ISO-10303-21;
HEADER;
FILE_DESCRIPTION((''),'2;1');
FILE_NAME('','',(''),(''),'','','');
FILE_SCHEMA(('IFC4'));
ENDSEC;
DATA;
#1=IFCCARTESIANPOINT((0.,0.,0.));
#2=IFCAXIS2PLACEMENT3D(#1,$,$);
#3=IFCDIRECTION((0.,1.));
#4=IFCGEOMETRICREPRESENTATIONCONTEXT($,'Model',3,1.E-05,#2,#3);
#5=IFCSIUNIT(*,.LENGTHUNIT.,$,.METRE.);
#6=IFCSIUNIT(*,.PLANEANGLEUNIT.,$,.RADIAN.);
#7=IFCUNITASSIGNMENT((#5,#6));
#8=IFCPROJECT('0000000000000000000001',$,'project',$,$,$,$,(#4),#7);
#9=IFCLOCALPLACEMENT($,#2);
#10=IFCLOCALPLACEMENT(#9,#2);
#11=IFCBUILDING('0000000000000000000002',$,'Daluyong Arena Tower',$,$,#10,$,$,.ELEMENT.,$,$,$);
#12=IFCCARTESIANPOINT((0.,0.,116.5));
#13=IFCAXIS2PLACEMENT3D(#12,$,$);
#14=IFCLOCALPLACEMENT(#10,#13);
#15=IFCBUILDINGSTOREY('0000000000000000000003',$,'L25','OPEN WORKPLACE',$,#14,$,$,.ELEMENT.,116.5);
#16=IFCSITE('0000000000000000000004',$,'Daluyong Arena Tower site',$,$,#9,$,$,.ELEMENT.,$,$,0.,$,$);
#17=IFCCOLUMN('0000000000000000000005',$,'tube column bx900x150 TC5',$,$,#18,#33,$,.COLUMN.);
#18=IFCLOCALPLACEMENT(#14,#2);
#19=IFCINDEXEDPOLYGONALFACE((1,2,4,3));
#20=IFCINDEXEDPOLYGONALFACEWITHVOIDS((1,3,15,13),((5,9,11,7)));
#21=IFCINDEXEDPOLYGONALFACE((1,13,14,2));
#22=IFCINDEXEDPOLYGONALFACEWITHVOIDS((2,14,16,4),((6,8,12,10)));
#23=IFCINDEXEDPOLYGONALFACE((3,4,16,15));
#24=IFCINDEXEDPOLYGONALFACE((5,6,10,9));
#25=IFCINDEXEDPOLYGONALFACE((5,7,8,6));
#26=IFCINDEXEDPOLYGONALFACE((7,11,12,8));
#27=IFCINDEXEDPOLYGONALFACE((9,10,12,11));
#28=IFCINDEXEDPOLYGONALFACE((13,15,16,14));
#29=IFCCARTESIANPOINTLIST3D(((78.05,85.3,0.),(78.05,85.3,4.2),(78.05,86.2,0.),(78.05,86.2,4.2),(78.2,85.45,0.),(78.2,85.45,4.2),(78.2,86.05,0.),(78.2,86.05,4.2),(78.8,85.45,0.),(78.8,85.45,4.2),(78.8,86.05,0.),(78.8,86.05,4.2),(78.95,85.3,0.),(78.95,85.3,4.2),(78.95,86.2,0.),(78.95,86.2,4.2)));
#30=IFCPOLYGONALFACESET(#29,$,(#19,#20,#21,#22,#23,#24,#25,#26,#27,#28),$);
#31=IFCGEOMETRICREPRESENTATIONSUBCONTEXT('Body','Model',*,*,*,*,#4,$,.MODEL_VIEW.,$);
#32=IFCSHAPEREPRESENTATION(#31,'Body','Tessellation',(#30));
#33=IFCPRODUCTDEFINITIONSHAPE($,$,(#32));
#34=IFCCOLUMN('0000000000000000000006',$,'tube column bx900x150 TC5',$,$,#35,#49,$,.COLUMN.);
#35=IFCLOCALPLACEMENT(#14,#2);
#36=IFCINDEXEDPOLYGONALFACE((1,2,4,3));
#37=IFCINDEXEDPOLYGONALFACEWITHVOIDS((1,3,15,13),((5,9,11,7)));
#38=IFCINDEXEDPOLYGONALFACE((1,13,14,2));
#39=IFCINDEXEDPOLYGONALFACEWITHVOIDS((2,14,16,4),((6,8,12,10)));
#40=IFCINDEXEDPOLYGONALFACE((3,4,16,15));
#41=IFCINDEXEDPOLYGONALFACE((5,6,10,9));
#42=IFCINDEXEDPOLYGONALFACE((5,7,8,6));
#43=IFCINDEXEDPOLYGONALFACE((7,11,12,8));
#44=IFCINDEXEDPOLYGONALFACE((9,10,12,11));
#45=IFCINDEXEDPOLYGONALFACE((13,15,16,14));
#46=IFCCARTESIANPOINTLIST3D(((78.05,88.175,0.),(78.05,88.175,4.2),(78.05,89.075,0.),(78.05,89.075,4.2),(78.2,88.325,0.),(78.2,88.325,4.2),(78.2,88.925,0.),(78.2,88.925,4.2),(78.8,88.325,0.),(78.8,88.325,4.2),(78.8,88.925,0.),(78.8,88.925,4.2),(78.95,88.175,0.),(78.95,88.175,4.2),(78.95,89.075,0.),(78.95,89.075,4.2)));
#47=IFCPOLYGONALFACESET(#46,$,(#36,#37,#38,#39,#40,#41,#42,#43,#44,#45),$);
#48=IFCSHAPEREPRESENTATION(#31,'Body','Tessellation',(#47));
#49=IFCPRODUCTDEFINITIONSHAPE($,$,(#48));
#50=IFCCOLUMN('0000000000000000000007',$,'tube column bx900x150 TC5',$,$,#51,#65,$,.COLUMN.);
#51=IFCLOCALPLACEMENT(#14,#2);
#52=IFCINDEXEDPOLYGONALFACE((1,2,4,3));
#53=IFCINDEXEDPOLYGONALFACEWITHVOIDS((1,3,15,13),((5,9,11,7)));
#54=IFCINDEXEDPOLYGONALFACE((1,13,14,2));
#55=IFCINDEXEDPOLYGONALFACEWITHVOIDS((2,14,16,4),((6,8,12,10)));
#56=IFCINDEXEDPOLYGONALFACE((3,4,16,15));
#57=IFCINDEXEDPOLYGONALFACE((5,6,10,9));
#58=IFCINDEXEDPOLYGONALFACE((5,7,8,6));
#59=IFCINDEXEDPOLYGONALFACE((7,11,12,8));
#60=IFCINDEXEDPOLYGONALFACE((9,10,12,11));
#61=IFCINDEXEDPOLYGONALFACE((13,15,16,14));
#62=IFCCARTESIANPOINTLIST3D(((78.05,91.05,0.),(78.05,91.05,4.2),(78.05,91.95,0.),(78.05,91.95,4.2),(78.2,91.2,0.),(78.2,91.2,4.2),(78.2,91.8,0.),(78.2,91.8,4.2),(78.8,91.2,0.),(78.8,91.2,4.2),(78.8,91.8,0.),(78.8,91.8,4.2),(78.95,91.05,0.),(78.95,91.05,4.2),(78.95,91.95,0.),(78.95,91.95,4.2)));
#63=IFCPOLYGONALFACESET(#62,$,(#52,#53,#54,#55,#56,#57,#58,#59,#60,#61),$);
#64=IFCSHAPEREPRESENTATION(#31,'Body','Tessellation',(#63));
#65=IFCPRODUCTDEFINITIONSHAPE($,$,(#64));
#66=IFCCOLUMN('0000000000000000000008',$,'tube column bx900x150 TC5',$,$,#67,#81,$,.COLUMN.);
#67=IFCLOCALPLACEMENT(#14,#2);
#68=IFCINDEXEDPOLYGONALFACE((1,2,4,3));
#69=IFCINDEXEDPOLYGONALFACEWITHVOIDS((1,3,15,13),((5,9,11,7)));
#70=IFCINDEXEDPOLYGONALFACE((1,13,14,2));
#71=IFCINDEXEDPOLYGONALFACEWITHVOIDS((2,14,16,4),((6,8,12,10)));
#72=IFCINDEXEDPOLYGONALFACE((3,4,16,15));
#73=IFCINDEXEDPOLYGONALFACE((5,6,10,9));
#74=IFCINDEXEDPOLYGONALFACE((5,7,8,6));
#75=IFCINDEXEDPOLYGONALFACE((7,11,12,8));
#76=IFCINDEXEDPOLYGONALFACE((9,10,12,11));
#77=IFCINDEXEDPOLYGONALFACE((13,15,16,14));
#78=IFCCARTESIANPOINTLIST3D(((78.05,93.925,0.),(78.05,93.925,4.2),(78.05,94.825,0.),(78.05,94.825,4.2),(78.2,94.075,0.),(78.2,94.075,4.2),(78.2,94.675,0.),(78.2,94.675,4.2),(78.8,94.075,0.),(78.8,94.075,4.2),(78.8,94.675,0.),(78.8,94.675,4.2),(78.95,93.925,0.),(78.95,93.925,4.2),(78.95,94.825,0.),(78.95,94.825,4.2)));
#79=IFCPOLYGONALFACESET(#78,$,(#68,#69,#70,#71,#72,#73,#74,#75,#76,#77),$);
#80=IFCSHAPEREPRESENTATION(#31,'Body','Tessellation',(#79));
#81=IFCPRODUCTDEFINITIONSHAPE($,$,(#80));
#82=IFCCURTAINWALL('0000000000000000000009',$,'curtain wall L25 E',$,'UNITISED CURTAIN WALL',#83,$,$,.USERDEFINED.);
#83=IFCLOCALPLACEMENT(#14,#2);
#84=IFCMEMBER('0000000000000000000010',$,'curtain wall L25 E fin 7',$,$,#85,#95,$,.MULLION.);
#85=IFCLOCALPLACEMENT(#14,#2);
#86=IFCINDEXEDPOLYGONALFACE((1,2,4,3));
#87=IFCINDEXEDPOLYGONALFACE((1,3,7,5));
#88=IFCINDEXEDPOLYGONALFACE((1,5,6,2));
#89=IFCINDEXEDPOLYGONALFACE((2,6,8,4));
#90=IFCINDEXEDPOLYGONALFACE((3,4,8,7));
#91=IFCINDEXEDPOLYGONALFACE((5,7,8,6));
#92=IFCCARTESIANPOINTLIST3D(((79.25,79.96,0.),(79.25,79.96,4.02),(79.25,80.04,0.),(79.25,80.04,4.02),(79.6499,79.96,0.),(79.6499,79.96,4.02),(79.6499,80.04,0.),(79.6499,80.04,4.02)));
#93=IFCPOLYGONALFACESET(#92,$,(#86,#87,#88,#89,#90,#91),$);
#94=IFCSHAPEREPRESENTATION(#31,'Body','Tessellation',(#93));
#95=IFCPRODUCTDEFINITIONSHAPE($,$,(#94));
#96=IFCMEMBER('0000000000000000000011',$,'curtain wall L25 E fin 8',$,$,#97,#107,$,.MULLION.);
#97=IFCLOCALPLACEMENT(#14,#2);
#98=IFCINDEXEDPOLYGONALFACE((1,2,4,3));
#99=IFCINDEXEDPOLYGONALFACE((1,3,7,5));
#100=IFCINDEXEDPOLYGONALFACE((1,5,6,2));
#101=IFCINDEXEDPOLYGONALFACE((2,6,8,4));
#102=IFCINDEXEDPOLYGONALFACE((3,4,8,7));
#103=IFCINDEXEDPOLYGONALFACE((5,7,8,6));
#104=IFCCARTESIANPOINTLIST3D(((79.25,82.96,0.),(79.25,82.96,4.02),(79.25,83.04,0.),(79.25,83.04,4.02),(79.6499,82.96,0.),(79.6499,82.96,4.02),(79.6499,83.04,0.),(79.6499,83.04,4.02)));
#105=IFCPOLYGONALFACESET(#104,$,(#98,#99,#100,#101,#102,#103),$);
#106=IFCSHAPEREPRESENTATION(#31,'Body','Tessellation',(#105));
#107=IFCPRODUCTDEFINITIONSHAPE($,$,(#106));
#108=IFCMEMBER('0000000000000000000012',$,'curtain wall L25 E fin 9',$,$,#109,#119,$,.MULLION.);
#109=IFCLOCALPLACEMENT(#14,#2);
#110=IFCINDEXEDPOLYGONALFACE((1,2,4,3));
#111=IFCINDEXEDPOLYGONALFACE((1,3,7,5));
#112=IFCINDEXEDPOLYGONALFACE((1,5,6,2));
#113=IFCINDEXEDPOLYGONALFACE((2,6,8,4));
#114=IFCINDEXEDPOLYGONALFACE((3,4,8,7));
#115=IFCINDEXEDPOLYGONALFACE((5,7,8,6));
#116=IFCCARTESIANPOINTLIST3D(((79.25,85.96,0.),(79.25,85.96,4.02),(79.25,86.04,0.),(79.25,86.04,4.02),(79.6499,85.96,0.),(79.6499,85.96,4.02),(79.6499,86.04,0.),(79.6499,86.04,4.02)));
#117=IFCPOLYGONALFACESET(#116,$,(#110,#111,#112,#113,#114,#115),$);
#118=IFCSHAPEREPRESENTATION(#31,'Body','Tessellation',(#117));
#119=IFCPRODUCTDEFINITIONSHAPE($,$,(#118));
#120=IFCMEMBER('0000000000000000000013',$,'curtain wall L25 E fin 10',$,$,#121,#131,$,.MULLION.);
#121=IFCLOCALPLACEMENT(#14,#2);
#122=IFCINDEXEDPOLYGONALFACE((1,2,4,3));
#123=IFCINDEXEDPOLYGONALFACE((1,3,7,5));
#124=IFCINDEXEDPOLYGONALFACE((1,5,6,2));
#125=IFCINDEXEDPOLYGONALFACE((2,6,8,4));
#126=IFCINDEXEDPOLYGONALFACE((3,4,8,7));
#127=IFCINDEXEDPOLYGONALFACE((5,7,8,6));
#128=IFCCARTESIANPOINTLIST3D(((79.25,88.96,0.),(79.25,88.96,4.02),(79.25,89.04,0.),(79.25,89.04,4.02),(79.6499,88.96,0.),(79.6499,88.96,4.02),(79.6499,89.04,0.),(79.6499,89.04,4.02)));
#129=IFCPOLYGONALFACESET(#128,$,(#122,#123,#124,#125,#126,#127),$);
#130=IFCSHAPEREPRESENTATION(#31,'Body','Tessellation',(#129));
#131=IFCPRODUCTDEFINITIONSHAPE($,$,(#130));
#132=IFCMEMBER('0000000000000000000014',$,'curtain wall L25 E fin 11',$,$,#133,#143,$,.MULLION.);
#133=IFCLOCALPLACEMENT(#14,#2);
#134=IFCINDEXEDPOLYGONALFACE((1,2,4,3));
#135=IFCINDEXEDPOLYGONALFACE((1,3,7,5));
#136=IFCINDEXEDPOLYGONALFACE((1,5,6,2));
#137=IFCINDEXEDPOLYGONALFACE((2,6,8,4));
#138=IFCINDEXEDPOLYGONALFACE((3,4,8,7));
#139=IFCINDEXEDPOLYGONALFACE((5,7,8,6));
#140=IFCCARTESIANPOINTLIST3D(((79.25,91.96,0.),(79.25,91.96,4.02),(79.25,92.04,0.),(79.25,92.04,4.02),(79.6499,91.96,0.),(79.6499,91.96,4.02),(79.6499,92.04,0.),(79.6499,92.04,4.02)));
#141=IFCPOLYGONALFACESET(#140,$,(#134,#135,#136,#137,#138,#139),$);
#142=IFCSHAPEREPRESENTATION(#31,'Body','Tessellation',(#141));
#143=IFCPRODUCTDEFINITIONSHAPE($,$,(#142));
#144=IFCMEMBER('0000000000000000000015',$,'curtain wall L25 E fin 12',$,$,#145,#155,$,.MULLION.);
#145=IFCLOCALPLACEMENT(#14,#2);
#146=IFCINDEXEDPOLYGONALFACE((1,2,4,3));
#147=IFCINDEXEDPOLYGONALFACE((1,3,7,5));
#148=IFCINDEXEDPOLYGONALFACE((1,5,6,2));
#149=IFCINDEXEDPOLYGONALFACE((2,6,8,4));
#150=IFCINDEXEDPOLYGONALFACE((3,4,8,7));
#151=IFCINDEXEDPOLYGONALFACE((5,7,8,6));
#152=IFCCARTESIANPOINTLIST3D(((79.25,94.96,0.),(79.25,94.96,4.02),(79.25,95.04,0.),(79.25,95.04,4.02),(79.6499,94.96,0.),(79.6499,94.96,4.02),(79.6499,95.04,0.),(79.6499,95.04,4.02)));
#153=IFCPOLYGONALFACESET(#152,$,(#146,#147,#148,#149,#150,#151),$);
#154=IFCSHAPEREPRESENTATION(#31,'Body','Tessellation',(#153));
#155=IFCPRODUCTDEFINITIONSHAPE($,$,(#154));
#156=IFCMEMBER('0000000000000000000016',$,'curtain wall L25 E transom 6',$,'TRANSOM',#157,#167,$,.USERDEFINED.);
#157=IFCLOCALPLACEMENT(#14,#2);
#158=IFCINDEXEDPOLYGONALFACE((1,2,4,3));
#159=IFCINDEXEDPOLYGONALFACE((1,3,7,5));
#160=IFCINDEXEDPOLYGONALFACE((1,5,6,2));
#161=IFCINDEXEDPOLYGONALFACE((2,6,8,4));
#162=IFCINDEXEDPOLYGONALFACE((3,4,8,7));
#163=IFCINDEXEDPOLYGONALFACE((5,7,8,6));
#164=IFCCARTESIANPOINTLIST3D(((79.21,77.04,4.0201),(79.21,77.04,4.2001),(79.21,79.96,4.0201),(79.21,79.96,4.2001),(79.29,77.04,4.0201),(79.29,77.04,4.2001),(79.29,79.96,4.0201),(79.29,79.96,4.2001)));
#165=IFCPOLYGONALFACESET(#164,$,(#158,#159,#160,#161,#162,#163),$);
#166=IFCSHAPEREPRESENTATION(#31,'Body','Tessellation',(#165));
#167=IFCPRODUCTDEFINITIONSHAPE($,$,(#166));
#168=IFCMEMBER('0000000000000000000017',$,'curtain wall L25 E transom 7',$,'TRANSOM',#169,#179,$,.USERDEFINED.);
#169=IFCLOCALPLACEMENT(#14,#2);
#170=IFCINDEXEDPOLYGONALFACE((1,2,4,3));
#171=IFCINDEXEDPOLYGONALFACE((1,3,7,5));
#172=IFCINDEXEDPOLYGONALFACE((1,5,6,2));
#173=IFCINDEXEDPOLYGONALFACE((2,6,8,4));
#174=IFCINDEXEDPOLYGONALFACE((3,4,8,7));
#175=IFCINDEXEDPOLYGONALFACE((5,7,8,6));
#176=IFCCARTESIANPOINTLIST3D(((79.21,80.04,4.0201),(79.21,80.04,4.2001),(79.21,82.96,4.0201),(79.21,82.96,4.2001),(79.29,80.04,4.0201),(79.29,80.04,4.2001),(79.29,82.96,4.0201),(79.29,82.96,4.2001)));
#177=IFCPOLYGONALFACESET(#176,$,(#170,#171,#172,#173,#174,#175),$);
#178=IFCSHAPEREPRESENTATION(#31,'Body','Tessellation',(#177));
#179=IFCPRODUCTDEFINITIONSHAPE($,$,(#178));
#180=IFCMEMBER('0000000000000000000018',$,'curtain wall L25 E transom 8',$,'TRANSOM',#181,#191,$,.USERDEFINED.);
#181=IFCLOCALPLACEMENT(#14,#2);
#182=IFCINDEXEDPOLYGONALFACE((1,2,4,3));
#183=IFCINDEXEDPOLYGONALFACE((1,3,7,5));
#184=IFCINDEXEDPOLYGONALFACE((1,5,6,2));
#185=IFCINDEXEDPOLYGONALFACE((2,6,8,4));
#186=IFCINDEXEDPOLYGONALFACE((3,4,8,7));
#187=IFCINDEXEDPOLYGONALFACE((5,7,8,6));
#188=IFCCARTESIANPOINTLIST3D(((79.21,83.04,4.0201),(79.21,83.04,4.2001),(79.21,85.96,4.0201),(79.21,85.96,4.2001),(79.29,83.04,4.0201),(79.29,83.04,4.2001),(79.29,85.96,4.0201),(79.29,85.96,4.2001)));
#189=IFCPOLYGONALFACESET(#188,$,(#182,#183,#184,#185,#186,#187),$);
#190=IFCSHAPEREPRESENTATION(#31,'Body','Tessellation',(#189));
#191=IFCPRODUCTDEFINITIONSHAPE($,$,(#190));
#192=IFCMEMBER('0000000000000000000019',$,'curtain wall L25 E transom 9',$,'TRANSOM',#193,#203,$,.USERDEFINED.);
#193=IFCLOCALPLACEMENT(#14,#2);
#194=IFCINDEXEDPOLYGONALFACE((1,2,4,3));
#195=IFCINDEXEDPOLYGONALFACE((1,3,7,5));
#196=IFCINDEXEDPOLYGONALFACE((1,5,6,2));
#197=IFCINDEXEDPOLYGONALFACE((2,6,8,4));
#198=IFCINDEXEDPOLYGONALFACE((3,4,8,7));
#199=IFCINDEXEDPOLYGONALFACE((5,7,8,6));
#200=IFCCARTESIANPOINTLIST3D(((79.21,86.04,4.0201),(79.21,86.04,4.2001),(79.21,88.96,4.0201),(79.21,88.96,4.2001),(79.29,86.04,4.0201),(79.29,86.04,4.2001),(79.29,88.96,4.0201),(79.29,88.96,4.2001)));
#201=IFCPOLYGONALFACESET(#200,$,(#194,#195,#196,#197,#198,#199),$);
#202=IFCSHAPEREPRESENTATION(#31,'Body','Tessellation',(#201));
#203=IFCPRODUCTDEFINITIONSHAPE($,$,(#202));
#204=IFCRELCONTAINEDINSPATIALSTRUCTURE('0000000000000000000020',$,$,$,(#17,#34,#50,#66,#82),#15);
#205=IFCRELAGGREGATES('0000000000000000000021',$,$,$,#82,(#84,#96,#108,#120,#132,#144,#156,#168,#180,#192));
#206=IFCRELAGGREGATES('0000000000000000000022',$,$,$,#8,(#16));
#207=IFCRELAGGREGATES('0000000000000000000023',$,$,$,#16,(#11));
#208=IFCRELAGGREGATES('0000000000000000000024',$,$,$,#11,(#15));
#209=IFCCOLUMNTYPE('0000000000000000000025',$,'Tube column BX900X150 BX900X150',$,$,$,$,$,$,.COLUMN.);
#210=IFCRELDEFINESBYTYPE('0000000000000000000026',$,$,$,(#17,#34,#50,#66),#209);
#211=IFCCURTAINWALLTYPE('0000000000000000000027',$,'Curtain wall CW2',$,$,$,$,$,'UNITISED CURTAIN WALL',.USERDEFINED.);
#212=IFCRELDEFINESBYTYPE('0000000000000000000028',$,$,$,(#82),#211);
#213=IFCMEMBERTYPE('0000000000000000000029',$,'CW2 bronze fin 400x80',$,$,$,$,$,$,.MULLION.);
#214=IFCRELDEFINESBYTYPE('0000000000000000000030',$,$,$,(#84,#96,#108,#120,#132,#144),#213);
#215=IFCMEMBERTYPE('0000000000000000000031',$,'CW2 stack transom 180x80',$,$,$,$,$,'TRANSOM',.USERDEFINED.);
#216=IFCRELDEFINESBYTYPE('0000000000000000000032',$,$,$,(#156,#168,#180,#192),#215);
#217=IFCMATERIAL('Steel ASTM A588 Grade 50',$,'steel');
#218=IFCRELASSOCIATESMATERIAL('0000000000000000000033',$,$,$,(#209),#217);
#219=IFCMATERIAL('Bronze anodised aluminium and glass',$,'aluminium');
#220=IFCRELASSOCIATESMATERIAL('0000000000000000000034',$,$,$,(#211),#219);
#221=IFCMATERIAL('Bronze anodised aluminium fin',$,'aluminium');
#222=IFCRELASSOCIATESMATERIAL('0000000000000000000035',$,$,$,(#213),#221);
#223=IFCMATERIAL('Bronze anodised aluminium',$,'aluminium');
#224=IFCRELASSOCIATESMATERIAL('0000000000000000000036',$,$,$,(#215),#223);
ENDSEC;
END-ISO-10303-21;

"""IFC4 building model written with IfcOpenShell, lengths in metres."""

from ifc_helpers import new_model, si_unit, direction, frame, origin, origin_2d, place, context, subcontext, project, spatial, rectangle, hollow_rectangle, extrude, material, material_profile, profile_set, type_object, element, aggregate, save


model = new_model("IFC4")

# Units and contexts
model_context = context("Model", 3, precision=1e-05, world=origin(), true_north=direction((0.0, 1.0)))
body_context = subcontext(model_context, "Body", "Model", "MODEL_VIEW")
ifc_project = project(units=[si_unit("LENGTHUNIT", "METRE"), si_unit("PLANEANGLEUNIT", "RADIAN")], contexts=[model_context])

# Site, building, storey
site_placement = place(None, origin())
site = spatial("IfcSite", under=ifc_project, at=site_placement, Name="Daluyong Arena Tower site", CompositionType="ELEMENT", RefElevation=0.0)
building_placement = place(site_placement, origin())
building = spatial("IfcBuilding", under=site, at=building_placement, Name="Daluyong Arena Tower", CompositionType="ELEMENT")
storey_placement = place(building_placement, frame((0.0, 0.0, 116.5)))
storey = spatial("IfcBuildingStorey", under=building, at=storey_placement, Name="L25", Description="OPEN WORKPLACE", CompositionType="ELEMENT", Elevation=116.5)

# Columns
ifc_material_1 = material(Name="Steel ASTM A588 Grade 50", Category="steel")
ifc_material_profile_1 = material_profile(ifc_material_1, hollow_rectangle(XDim=0.8999, YDim=0.8999, WallThickness=0.15, at=origin_2d()))
ifc_profile_set_1 = profile_set([ifc_material_profile_1], Name="Steel ASTM A588 Grade 50")
column_type = type_object("IfcColumnType", Name="Tube column BX900X150 BX900X150", PredefinedType="COLUMN", material=ifc_profile_set_1)
for number, where, z_axis, x_axis, name in (
    (1, (78.5, 85.75, 0.0), (0.0, 0.0, 1.0), (0.0, 1.0, 0.0), "tube column bx900x150 TC5"),
    (2, (78.5, 88.625, 0.0), (0.0, 0.0, 1.0), (0.0, 1.0, 0.0), "tube column bx900x150 TC5"),
    (3, (78.5, 91.5, 0.0), (0.0, 0.0, 1.0), (0.0, 1.0, 0.0), "tube column bx900x150 TC5"),
    (4, (78.5, 94.375, 0.0), (0.0, 0.0, 1.0), (0.0, 1.0, 0.0), "tube column bx900x150 TC5"),
):
    element("IfcColumn", number, at=place(storey_placement, frame(where, z_axis=z_axis, x_axis=x_axis)), inside=storey, type_object=column_type, Name=name, PredefinedType="COLUMN", context=body_context, shape_type="SweptSolid", body=[
        extrude(hollow_rectangle(XDim=0.8999, YDim=0.8999, WallThickness=0.15, at=origin_2d()), origin(), (0.0, 0.0, 1.0), 4.2),
    ])

# Curtain wall, members
ifc_material_2 = material(Name="Bronze anodised aluminium and glass", Category="aluminium")
curtain_wall_type = type_object("IfcCurtainWallType", Name="Curtain wall CW2", ElementType="UNITISED CURTAIN WALL", PredefinedType="USERDEFINED", material=ifc_material_2)
curtain_wall_placement = place(storey_placement, origin())
curtain_wall = element("IfcCurtainWall", 5, at=curtain_wall_placement, inside=storey, type_object=curtain_wall_type, Name="curtain wall L25 E", ObjectType="UNITISED CURTAIN WALL", PredefinedType="USERDEFINED")
ifc_material_3 = material(Name="Bronze anodised aluminium fin", Category="aluminium")
ifc_material_profile_2 = material_profile(ifc_material_3, rectangle(XDim=0.3999, YDim=0.0801, at=origin_2d()))
ifc_profile_set_2 = profile_set([ifc_material_profile_2], Name="Bronze anodised aluminium fin")
member_type_1 = type_object("IfcMemberType", Name="CW2 bronze fin 400x80", PredefinedType="MULLION", material=ifc_profile_set_2)
member_1_placement = place(storey_placement, frame((79.45, 80.0, 0.0), z_axis=(0.0, 0.0, 1.0), x_axis=(-1.0, 0.0, 0.0)))
member_1 = element("IfcMember", 6, at=member_1_placement, type_object=member_type_1, Name="curtain wall L25 E fin 7", PredefinedType="MULLION", context=body_context, shape_type="SweptSolid", body=[
    extrude(rectangle(XDim=0.3999, YDim=0.0801, at=origin_2d()), origin(), (0.0, 0.0, 1.0), 4.02),
])
member_2_placement = place(storey_placement, frame((79.45, 83.0, 0.0), z_axis=(0.0, 0.0, 1.0), x_axis=(-1.0, 0.0, 0.0)))
member_2 = element("IfcMember", 7, at=member_2_placement, type_object=member_type_1, Name="curtain wall L25 E fin 8", PredefinedType="MULLION", context=body_context, shape_type="SweptSolid", body=[
    extrude(rectangle(XDim=0.3999, YDim=0.0801, at=origin_2d()), origin(), (0.0, 0.0, 1.0), 4.02),
])
member_3_placement = place(storey_placement, frame((79.45, 86.0, 0.0), z_axis=(0.0, 0.0, 1.0), x_axis=(-1.0, 0.0, 0.0)))
member_3 = element("IfcMember", 8, at=member_3_placement, type_object=member_type_1, Name="curtain wall L25 E fin 9", PredefinedType="MULLION", context=body_context, shape_type="SweptSolid", body=[
    extrude(rectangle(XDim=0.3999, YDim=0.0801, at=origin_2d()), origin(), (0.0, 0.0, 1.0), 4.02),
])
member_4_placement = place(storey_placement, frame((79.45, 89.0, 0.0), z_axis=(0.0, 0.0, 1.0), x_axis=(-1.0, 0.0, 0.0)))
member_4 = element("IfcMember", 9, at=member_4_placement, type_object=member_type_1, Name="curtain wall L25 E fin 10", PredefinedType="MULLION", context=body_context, shape_type="SweptSolid", body=[
    extrude(rectangle(XDim=0.3999, YDim=0.0801, at=origin_2d()), origin(), (0.0, 0.0, 1.0), 4.02),
])
member_5_placement = place(storey_placement, frame((79.45, 92.0, 0.0), z_axis=(0.0, 0.0, 1.0), x_axis=(-1.0, 0.0, 0.0)))
member_5 = element("IfcMember", 10, at=member_5_placement, type_object=member_type_1, Name="curtain wall L25 E fin 11", PredefinedType="MULLION", context=body_context, shape_type="SweptSolid", body=[
    extrude(rectangle(XDim=0.3999, YDim=0.0801, at=origin_2d()), origin(), (0.0, 0.0, 1.0), 4.02),
])
member_6_placement = place(storey_placement, frame((79.45, 95.0, 0.0), z_axis=(0.0, 0.0, 1.0), x_axis=(-1.0, 0.0, 0.0)))
member_6 = element("IfcMember", 11, at=member_6_placement, type_object=member_type_1, Name="curtain wall L25 E fin 12", PredefinedType="MULLION", context=body_context, shape_type="SweptSolid", body=[
    extrude(rectangle(XDim=0.3999, YDim=0.0801, at=origin_2d()), origin(), (0.0, 0.0, 1.0), 4.02),
])
ifc_material_4 = material(Name="Bronze anodised aluminium", Category="aluminium")
ifc_material_profile_3 = material_profile(ifc_material_4, rectangle(XDim=0.0801, YDim=0.1799, at=origin_2d()))
ifc_profile_set_3 = profile_set([ifc_material_profile_3], Name="Bronze anodised aluminium")
member_type_2 = type_object("IfcMemberType", Name="CW2 stack transom 180x80", ElementType="TRANSOM", PredefinedType="USERDEFINED", material=ifc_profile_set_3)
member_7_placement = place(storey_placement, frame((79.25, 77.04, 4.1101), z_axis=(0.0, 1.0, 0.0), x_axis=(-1.0, 0.0, 0.0)))
member_7 = element("IfcMember", 12, at=member_7_placement, type_object=member_type_2, Name="curtain wall L25 E transom 6", ObjectType="TRANSOM", PredefinedType="USERDEFINED", context=body_context, shape_type="SweptSolid", body=[
    extrude(rectangle(XDim=0.0801, YDim=0.1799, at=origin_2d()), origin(), (0.0, 0.0, 1.0), 2.9199),
])
member_8_placement = place(storey_placement, frame((79.25, 80.04, 4.1101), z_axis=(0.0, 1.0, 0.0), x_axis=(-1.0, 0.0, 0.0)))
member_8 = element("IfcMember", 13, at=member_8_placement, type_object=member_type_2, Name="curtain wall L25 E transom 7", ObjectType="TRANSOM", PredefinedType="USERDEFINED", context=body_context, shape_type="SweptSolid", body=[
    extrude(rectangle(XDim=0.0801, YDim=0.1799, at=origin_2d()), origin(), (0.0, 0.0, 1.0), 2.9199),
])
member_9_placement = place(storey_placement, frame((79.25, 83.04, 4.1101), z_axis=(0.0, 1.0, 0.0), x_axis=(-1.0, 0.0, 0.0)))
member_9 = element("IfcMember", 14, at=member_9_placement, type_object=member_type_2, Name="curtain wall L25 E transom 8", ObjectType="TRANSOM", PredefinedType="USERDEFINED", context=body_context, shape_type="SweptSolid", body=[
    extrude(rectangle(XDim=0.0801, YDim=0.1799, at=origin_2d()), origin(), (0.0, 0.0, 1.0), 2.9199),
])
member_10_placement = place(storey_placement, frame((79.25, 86.04, 4.1101), z_axis=(0.0, 1.0, 0.0), x_axis=(-1.0, 0.0, 0.0)))
member_10 = element("IfcMember", 15, at=member_10_placement, type_object=member_type_2, Name="curtain wall L25 E transom 9", ObjectType="TRANSOM", PredefinedType="USERDEFINED", context=body_context, shape_type="SweptSolid", body=[
    extrude(rectangle(XDim=0.0801, YDim=0.1799, at=origin_2d()), origin(), (0.0, 0.0, 1.0), 2.9199),
])

aggregate(curtain_wall, [member_1, member_2, member_3, member_4, member_5, member_6, member_7, member_8, member_9, member_10])

save(model, "model.ifc")
